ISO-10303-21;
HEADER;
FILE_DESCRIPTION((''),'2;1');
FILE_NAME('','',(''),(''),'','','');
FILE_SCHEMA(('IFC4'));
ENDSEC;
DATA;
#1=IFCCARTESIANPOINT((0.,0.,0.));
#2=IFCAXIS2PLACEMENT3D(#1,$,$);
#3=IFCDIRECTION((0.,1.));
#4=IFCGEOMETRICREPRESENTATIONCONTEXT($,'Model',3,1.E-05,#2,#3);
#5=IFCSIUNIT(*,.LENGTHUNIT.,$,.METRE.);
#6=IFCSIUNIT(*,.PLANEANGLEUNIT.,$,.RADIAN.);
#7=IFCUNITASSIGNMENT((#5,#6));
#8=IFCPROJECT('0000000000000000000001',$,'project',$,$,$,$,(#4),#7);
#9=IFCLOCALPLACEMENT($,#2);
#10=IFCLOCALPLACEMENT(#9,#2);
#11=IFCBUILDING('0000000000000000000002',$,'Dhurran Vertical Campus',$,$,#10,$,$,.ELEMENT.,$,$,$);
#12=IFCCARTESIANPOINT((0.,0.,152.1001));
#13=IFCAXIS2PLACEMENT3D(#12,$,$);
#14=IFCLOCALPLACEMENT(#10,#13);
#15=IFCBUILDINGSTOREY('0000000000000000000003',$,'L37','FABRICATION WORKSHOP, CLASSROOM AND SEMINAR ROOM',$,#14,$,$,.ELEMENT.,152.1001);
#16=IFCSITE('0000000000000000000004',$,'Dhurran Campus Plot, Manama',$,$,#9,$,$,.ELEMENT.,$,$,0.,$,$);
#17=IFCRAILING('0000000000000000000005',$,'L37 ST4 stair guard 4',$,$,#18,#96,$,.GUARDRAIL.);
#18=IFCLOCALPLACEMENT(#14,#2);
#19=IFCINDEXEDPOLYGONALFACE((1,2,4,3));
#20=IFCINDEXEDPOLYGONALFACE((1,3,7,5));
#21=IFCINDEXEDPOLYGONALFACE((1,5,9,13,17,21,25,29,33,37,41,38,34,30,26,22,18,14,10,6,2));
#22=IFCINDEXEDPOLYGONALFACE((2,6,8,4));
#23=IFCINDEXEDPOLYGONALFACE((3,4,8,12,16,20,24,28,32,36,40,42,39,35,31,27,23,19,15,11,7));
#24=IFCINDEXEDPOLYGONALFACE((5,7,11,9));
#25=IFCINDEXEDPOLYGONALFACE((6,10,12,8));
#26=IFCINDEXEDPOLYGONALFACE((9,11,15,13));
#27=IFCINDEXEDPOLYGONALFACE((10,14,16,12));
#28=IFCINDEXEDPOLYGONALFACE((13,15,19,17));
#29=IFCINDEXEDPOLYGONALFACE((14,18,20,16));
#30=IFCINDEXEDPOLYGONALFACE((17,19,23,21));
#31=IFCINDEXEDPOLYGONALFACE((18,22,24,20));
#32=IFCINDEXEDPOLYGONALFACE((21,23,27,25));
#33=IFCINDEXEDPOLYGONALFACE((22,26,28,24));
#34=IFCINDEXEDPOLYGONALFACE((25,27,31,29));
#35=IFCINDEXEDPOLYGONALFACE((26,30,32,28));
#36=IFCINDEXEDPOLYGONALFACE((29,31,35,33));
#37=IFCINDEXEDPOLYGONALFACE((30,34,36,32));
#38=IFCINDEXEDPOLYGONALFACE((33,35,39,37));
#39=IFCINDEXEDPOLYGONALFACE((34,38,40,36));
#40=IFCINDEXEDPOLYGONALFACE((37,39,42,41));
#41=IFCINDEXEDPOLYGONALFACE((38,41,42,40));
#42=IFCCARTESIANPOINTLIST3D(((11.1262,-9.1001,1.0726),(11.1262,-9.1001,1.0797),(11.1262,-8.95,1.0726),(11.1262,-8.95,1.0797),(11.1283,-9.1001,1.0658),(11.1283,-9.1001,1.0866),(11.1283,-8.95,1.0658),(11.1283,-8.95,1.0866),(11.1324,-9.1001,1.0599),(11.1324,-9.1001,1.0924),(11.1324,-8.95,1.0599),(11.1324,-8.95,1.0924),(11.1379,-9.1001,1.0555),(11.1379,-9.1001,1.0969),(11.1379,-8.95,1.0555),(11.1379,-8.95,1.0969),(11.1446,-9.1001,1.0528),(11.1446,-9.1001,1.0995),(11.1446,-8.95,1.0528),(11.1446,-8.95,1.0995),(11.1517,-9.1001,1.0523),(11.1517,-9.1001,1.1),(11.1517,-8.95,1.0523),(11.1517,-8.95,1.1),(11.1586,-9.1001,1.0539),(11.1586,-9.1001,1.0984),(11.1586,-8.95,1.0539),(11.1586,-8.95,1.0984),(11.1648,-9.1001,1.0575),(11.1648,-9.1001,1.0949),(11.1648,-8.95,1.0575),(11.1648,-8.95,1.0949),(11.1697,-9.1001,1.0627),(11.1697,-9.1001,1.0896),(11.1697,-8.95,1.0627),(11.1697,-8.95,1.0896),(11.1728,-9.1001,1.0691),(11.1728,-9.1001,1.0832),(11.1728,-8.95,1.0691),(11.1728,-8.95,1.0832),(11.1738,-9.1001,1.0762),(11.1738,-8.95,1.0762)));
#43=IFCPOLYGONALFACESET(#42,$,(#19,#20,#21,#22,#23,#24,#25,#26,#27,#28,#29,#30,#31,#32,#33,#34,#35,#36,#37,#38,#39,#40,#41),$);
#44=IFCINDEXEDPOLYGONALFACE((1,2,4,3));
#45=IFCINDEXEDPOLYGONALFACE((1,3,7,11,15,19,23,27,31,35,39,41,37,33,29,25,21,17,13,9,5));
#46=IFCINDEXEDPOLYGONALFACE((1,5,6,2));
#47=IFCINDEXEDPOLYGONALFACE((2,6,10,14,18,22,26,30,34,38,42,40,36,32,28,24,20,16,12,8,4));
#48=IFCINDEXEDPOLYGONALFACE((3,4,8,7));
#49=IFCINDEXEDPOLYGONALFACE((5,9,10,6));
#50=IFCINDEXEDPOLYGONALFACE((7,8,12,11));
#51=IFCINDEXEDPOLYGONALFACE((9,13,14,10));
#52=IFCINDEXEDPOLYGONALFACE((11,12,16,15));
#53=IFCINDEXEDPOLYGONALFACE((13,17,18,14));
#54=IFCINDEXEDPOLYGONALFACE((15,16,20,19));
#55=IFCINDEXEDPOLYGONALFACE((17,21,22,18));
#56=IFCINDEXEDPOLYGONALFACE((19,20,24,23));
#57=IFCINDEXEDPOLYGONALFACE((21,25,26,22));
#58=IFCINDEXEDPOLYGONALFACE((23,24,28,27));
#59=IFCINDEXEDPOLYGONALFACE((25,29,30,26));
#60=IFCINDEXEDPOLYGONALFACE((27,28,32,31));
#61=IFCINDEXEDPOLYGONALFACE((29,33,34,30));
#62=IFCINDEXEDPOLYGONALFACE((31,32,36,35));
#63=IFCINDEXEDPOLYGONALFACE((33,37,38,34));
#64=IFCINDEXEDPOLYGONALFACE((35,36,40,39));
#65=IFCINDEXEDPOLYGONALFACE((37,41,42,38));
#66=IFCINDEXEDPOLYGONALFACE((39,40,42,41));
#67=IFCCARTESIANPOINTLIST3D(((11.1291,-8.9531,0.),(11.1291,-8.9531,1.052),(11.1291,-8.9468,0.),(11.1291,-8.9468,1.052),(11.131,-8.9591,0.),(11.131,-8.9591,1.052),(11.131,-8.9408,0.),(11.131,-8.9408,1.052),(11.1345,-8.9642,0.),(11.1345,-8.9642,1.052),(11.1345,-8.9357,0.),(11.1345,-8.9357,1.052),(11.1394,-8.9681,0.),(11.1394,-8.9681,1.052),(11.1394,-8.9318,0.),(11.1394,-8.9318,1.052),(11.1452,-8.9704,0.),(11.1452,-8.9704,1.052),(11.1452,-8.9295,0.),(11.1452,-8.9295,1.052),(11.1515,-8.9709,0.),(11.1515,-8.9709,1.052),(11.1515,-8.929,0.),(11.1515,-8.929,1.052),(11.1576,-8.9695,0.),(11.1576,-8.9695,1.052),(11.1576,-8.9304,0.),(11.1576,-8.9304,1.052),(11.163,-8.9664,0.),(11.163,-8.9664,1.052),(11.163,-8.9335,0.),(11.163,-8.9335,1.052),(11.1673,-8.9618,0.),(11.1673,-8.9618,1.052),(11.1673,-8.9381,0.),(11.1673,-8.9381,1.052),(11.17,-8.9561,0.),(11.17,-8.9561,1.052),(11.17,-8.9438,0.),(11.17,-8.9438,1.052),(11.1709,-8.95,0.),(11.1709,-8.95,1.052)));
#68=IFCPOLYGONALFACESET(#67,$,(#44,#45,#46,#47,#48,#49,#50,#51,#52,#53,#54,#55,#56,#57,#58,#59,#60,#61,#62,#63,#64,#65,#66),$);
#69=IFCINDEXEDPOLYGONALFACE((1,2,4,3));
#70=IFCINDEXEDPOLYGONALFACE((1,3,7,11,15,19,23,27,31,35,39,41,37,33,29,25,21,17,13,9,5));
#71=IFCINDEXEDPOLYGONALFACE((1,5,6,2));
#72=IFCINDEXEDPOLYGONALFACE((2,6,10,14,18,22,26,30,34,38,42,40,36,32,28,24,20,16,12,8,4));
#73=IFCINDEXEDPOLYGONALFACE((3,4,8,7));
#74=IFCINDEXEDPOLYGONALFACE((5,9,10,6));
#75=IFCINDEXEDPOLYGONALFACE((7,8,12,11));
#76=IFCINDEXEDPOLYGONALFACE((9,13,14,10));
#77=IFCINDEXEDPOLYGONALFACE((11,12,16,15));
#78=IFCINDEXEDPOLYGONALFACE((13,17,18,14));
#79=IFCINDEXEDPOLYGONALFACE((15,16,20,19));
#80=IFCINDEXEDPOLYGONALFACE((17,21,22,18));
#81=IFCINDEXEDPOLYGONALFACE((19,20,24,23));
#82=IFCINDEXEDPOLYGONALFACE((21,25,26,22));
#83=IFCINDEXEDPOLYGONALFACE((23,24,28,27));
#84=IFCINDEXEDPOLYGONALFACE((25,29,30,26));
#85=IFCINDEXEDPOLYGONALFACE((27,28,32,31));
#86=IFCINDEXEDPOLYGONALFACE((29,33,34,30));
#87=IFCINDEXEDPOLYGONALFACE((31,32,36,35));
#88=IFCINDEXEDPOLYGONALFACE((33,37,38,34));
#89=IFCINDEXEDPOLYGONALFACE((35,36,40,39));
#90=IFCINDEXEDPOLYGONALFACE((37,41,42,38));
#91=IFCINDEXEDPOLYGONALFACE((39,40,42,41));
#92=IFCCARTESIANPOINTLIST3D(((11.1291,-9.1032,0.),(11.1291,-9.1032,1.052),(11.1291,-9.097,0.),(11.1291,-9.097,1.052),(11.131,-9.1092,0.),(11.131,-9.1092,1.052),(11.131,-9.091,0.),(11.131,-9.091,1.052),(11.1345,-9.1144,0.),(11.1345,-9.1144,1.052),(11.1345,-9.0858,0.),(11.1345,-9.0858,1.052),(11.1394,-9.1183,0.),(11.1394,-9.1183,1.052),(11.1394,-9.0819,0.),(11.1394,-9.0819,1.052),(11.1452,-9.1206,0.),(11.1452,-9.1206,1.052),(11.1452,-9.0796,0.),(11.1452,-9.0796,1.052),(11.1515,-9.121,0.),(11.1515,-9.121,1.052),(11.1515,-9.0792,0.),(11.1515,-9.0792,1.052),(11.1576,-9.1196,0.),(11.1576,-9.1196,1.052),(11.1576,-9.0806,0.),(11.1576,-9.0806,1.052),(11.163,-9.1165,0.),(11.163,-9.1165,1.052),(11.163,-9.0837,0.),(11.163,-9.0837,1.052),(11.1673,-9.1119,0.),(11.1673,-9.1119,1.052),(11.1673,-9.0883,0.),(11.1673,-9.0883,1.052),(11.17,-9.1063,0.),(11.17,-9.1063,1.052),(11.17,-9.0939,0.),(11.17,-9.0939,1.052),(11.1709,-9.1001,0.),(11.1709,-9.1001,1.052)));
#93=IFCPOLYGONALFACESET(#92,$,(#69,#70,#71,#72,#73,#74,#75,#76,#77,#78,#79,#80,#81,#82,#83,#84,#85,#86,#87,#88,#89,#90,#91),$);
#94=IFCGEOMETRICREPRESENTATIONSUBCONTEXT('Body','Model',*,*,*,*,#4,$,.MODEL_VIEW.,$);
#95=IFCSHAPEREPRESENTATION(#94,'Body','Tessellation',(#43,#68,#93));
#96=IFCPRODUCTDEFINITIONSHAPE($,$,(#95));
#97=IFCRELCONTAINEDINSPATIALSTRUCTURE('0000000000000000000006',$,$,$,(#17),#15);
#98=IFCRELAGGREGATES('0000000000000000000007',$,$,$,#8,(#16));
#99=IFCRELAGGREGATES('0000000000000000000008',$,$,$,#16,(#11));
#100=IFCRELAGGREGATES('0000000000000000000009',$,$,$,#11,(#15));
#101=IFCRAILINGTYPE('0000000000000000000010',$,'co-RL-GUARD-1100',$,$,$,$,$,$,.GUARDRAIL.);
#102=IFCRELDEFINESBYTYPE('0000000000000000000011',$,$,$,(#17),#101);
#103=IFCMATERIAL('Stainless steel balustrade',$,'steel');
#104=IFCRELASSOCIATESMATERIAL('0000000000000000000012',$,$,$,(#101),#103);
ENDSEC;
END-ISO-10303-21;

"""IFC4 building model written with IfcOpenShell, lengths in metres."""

from ifc_helpers import new_model, si_unit, direction, frame, origin, origin_2d, place, context, subcontext, project, spatial, circle, extrude, material, type_object, element, save


model = new_model("IFC4")

# Units and contexts
model_context = context("Model", 3, precision=1e-05, world=origin(), true_north=direction((0.0, 1.0)))
body_context = subcontext(model_context, "Body", "Model", "MODEL_VIEW")
ifc_project = project(units=[si_unit("LENGTHUNIT", "METRE"), si_unit("PLANEANGLEUNIT", "RADIAN")], contexts=[model_context])

# Site, building, storey
site_placement = place(None, origin())
site = spatial("IfcSite", under=ifc_project, at=site_placement, Name="Dhurran Campus Plot, Manama", CompositionType="ELEMENT", RefElevation=0.0)
building_placement = place(site_placement, origin())
building = spatial("IfcBuilding", under=site, at=building_placement, Name="Dhurran Vertical Campus", CompositionType="ELEMENT")
storey_placement = place(building_placement, frame((0.0, 0.0, 152.1001)))
storey = spatial("IfcBuildingStorey", under=building, at=storey_placement, Name="L37", Description="FABRICATION WORKSHOP, CLASSROOM AND SEMINAR ROOM", CompositionType="ELEMENT", Elevation=152.1001)

# Railing
ifc_material_1 = material(Name="Stainless steel balustrade", Category="steel")
railing_type_1 = type_object("IfcRailingType", Name="co-RL-GUARD-1100", PredefinedType="GUARDRAIL", material=ifc_material_1)
railing_1_placement = place(storey_placement, frame((11.1499, -8.95, 0.0)))
element("IfcRailing", 1, at=railing_1_placement, inside=storey, type_object=railing_type_1, Name="L37 ST4 stair guard 4", PredefinedType="GUARDRAIL", context=body_context, shape_type="SweptSolid", body=[
    extrude(circle(Radius=0.0239, at=origin_2d()), frame((0.0, 0.0, 1.0762), z_axis=(0.0, -1.0, 0.0), x_axis=(1.0, 0.0, 0.0)), (0.0, 0.0, 1.0), 0.1501),
    extrude(circle(Radius=0.021, at=origin_2d()), origin(), (0.0, 0.0, 1.0), 1.052),
    extrude(circle(Radius=0.021, at=origin_2d()), frame((0.0, -0.1501, 0.0)), (0.0, 0.0, 1.0), 1.052),
])

save(model, "model.ifc")
